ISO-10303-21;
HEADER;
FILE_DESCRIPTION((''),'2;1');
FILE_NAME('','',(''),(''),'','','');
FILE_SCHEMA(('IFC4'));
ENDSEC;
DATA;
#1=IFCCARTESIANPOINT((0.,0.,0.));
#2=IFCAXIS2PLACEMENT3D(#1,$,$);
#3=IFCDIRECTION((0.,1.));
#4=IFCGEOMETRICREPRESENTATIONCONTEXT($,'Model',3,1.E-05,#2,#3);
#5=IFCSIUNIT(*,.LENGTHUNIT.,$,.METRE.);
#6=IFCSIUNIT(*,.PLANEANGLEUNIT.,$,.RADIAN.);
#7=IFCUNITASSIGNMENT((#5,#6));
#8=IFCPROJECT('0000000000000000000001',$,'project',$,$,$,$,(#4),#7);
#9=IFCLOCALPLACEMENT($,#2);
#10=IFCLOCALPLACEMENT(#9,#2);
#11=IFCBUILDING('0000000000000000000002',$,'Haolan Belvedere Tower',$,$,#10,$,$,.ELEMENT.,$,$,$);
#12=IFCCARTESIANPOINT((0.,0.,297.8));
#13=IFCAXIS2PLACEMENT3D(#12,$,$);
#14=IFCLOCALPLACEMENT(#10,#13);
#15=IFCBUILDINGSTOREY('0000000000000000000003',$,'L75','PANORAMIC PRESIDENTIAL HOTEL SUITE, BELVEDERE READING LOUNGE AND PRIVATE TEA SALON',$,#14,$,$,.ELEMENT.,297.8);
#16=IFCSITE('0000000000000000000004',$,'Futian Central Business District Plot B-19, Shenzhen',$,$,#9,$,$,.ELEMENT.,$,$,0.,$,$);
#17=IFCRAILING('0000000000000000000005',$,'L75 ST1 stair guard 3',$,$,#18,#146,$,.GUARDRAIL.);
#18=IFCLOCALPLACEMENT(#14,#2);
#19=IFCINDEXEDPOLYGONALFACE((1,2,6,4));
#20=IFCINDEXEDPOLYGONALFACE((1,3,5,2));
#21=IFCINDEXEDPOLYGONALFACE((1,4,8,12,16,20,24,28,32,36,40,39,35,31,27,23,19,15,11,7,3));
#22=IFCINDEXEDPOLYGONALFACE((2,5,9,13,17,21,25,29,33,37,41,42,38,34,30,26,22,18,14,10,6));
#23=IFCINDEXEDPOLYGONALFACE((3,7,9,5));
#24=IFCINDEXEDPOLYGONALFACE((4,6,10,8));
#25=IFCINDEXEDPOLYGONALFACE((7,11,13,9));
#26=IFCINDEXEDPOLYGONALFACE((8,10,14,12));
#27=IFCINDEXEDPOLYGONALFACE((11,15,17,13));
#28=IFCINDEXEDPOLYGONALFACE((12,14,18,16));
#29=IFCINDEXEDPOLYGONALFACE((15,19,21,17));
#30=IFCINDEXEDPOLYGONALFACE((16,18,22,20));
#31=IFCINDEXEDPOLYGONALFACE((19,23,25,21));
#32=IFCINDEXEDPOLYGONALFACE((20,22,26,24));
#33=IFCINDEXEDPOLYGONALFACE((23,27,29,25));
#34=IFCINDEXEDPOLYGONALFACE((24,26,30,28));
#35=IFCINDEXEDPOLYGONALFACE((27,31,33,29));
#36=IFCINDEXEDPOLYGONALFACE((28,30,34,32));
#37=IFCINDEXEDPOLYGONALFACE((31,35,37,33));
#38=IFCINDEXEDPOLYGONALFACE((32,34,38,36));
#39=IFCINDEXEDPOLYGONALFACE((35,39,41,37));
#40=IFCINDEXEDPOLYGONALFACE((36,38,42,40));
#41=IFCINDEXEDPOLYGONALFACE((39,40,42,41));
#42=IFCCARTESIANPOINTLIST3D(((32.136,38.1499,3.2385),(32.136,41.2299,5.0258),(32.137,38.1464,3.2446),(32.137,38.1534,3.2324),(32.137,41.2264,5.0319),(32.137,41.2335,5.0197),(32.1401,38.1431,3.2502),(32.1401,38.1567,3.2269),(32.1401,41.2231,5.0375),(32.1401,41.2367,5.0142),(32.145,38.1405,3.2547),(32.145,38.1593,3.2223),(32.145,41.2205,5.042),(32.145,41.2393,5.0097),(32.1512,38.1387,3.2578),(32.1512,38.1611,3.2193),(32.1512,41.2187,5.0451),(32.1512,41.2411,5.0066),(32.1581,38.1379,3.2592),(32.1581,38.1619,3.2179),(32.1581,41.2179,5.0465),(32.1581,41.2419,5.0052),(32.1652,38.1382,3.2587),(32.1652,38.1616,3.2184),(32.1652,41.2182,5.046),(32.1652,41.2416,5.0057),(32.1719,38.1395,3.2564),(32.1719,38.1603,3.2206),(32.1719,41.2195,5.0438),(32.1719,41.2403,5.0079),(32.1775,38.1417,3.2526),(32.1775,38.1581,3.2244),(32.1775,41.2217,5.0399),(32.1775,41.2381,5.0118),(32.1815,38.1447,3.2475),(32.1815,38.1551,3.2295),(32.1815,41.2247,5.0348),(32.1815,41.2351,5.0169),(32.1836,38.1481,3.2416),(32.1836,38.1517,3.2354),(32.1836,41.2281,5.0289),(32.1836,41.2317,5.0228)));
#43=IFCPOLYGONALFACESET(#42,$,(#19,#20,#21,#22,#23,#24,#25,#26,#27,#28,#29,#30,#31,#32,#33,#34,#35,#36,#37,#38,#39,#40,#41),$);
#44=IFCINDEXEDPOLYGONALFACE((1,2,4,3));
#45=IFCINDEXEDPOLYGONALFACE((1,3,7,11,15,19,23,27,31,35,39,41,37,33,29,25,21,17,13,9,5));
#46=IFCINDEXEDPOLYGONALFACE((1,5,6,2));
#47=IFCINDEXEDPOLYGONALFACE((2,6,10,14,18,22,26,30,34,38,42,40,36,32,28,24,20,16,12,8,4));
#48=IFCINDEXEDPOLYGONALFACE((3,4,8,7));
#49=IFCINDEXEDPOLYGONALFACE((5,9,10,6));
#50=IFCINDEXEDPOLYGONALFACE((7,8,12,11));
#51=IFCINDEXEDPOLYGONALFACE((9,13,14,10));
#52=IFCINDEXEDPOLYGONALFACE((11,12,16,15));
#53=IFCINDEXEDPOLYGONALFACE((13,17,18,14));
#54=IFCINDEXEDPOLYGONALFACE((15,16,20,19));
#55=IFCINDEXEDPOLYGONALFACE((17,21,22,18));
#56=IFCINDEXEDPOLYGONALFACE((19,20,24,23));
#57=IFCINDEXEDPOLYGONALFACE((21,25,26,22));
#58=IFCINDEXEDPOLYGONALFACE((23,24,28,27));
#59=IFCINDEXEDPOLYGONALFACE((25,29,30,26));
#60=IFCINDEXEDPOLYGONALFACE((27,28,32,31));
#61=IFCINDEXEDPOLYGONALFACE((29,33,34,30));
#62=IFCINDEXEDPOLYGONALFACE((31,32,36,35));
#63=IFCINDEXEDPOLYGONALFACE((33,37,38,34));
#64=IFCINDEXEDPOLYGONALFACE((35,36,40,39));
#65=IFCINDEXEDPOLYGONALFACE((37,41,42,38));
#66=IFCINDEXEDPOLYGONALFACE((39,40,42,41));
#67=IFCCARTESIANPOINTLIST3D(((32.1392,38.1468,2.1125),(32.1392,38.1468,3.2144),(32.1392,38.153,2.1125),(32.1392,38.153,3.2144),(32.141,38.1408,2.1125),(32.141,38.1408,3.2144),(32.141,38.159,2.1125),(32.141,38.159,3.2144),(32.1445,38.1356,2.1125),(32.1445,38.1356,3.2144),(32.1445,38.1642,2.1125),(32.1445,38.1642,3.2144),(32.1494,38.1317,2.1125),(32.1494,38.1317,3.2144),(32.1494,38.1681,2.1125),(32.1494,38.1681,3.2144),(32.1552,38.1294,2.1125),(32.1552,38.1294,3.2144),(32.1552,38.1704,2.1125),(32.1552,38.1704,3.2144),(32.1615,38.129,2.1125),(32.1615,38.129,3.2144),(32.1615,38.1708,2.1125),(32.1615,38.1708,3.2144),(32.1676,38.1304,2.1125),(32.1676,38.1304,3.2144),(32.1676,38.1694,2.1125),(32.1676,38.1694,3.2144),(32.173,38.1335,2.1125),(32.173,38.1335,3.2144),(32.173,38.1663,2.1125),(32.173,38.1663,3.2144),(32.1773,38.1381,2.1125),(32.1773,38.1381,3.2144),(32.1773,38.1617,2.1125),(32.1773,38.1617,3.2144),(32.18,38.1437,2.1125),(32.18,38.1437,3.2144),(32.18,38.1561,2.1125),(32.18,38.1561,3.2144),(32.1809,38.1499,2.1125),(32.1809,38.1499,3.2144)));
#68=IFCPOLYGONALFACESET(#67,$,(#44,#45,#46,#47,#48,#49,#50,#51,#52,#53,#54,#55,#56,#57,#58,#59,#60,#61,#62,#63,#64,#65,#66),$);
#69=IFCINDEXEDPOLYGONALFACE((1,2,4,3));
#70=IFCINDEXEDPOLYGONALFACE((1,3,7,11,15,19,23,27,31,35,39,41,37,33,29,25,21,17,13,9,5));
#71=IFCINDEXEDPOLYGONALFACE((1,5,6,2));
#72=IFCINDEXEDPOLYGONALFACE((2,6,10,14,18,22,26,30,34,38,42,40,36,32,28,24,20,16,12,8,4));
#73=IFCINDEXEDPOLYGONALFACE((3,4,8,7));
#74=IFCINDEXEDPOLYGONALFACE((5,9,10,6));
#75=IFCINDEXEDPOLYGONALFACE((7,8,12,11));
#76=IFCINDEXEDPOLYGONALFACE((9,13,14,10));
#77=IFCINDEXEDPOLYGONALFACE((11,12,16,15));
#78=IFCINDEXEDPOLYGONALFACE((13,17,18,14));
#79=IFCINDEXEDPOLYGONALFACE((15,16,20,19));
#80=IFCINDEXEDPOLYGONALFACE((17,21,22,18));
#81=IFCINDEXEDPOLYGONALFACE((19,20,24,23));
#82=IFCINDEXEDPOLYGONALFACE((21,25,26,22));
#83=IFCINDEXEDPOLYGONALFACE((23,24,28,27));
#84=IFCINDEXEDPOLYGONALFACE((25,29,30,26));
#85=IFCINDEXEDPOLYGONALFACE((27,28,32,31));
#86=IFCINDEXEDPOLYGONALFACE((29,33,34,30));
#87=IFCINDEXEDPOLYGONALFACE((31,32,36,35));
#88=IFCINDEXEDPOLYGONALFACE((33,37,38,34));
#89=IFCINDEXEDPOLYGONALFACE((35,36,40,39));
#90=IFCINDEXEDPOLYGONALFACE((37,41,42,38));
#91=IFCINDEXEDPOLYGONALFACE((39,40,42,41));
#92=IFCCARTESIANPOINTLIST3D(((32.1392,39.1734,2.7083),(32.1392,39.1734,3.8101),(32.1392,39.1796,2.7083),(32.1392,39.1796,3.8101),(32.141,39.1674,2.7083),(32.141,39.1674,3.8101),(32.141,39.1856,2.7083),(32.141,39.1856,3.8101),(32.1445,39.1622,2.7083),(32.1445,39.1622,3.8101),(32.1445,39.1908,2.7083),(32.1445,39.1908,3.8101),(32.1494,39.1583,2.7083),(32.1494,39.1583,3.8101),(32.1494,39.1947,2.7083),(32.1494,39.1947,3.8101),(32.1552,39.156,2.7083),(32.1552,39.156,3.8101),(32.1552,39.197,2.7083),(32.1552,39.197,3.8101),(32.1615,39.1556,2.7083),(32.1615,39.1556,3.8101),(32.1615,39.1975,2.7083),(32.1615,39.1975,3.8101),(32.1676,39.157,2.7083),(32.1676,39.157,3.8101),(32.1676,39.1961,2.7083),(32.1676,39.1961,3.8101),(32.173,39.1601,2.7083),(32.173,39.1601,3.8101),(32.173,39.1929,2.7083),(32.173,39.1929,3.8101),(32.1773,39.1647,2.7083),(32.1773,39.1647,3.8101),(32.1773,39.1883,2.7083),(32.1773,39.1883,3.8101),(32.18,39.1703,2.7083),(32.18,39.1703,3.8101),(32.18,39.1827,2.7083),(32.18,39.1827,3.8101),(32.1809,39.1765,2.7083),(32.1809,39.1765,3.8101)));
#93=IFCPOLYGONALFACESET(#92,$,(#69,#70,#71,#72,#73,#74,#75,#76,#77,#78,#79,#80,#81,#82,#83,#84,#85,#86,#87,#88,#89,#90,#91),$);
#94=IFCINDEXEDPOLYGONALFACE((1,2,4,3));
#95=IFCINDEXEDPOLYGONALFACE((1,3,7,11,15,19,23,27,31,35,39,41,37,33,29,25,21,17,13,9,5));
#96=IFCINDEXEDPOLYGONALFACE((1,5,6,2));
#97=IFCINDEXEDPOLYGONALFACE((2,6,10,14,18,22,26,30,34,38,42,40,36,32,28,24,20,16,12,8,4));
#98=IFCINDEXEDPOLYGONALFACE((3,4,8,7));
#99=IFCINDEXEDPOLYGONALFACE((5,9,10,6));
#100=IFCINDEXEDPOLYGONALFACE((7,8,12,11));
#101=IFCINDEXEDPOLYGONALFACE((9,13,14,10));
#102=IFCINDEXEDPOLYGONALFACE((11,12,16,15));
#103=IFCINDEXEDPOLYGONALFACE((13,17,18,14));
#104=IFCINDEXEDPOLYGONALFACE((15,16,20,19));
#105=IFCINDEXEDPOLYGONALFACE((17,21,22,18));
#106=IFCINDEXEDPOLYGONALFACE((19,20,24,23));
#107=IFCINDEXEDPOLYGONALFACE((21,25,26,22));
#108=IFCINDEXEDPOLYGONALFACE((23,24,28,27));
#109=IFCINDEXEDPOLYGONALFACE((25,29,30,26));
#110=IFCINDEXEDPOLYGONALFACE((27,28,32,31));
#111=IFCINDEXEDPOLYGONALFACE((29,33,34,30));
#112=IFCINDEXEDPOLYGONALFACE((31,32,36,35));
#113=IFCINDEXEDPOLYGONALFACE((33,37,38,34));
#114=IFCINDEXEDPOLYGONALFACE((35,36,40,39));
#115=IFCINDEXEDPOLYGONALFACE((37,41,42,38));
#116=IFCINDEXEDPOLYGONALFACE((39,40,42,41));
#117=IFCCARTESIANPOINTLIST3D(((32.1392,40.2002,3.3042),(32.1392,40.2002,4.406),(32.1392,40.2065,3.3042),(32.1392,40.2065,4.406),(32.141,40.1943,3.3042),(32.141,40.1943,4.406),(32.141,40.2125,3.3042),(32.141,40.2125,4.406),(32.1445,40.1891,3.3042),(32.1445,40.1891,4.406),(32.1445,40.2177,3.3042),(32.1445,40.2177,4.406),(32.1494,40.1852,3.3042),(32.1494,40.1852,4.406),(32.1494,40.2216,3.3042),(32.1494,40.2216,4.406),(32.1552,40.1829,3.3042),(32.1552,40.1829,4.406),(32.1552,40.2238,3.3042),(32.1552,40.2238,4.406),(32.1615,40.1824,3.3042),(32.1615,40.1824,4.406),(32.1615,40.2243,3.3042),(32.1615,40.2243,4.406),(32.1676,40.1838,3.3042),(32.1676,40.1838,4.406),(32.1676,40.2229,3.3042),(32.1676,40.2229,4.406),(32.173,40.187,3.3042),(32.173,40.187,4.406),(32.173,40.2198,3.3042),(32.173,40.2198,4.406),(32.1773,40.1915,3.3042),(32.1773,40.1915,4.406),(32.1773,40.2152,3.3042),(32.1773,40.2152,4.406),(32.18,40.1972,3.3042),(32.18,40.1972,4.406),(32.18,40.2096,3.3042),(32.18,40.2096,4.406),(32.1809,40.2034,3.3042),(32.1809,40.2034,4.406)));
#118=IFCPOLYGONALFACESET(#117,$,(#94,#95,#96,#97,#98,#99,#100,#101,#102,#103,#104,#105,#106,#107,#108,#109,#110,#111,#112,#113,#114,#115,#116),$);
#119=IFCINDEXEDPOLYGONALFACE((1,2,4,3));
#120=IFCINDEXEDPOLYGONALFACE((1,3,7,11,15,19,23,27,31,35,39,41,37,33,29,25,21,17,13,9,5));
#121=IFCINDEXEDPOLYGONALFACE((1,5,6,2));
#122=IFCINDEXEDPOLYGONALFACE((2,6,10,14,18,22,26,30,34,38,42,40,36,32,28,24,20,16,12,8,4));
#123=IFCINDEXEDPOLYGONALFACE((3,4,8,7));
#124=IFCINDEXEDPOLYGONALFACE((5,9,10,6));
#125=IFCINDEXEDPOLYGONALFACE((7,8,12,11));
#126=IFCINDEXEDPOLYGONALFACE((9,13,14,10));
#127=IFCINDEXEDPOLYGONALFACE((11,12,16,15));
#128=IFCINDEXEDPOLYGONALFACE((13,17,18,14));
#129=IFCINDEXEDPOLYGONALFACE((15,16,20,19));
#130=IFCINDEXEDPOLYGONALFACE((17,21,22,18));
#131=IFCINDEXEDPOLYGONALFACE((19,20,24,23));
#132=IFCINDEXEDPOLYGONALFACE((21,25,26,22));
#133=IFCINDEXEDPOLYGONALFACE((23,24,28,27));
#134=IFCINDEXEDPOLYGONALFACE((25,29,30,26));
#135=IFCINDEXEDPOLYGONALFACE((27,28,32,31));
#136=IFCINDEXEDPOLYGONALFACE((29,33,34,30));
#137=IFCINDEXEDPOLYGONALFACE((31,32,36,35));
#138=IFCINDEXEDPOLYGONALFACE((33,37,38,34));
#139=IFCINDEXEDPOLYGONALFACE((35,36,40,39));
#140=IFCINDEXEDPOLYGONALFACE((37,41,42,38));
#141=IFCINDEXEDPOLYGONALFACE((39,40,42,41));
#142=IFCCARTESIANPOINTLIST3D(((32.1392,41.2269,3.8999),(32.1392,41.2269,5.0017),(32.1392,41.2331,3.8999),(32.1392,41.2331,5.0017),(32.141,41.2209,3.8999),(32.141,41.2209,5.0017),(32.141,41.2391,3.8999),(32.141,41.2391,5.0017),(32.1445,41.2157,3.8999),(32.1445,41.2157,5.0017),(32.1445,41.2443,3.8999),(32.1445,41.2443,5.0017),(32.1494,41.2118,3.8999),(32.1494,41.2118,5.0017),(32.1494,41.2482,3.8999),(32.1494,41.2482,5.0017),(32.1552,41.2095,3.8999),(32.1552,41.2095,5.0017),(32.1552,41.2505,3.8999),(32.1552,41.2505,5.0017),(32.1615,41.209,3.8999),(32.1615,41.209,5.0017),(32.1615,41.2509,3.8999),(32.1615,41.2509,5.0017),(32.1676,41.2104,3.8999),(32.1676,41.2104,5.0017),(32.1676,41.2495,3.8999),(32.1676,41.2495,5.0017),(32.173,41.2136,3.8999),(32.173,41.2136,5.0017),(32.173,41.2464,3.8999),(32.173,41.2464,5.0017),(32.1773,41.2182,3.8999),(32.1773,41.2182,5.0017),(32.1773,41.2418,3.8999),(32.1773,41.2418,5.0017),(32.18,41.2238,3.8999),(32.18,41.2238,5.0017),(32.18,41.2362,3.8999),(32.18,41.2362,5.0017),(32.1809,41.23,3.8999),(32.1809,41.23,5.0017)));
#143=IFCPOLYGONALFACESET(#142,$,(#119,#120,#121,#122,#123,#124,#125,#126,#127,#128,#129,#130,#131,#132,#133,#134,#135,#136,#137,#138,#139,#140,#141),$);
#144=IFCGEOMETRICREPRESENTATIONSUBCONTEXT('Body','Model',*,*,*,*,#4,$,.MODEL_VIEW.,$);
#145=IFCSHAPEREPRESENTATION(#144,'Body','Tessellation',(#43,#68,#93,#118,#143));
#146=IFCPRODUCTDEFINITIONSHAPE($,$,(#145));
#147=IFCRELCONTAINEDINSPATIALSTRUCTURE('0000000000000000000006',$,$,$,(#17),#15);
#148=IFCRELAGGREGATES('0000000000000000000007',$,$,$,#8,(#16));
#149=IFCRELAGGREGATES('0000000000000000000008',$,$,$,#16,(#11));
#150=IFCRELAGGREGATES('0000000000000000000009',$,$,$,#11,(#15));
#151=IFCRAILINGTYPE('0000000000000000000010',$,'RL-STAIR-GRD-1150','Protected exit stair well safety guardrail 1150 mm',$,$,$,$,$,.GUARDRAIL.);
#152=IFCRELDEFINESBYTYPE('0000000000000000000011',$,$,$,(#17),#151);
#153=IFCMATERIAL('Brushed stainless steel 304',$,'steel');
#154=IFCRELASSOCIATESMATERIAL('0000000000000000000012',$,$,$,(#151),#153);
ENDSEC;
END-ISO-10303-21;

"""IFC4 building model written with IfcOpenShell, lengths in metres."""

from ifc_helpers import new_model, si_unit, direction, frame, origin, origin_2d, place, context, subcontext, project, spatial, circle, extrude, material, type_object, element, save


model = new_model("IFC4")

# Units and contexts
model_context = context("Model", 3, precision=1e-05, world=origin(), true_north=direction((0.0, 1.0)))
body_context = subcontext(model_context, "Body", "Model", "MODEL_VIEW")
ifc_project = project(units=[si_unit("LENGTHUNIT", "METRE"), si_unit("PLANEANGLEUNIT", "RADIAN")], contexts=[model_context])

# Site, building, storey
site_placement = place(None, origin())
site = spatial("IfcSite", under=ifc_project, at=site_placement, Name="Futian Central Business District Plot B-19, Shenzhen", CompositionType="ELEMENT", RefElevation=0.0)
building_placement = place(site_placement, origin())
building = spatial("IfcBuilding", under=site, at=building_placement, Name="Haolan Belvedere Tower", CompositionType="ELEMENT")
storey_placement = place(building_placement, frame((0.0, 0.0, 297.8)))
storey = spatial("IfcBuildingStorey", under=building, at=storey_placement, Name="L75", Description="PANORAMIC PRESIDENTIAL HOTEL SUITE, BELVEDERE READING LOUNGE AND PRIVATE TEA SALON", CompositionType="ELEMENT", Elevation=297.8)

# Railing
ifc_material_1 = material(Name="Brushed stainless steel 304", Category="steel")
railing_type_1 = type_object("IfcRailingType", Name="RL-STAIR-GRD-1150", Description="Protected exit stair well safety guardrail 1150 mm", PredefinedType="GUARDRAIL", material=ifc_material_1)
railing_1_placement = place(storey_placement, frame((32.1599, 38.1499, 2.1125)))
element("IfcRailing", 1, at=railing_1_placement, inside=storey, type_object=railing_type_1, Name="L75 ST1 stair guard 3", PredefinedType="GUARDRAIL", context=body_context, shape_type="SweptSolid", body=[
    extrude(circle(Radius=0.0239, at=origin_2d()), frame((0.0, 0.0, 1.126), z_axis=(0.0, 0.86492, 0.501909), x_axis=(-1.0, 0.0, 0.0)), (0.0, 0.0, 1.0), 3.561),
    extrude(circle(Radius=0.021, at=origin_2d()), origin(), (0.0, 0.0, 1.0), 1.1018),
    extrude(circle(Radius=0.021, at=origin_2d()), frame((0.0, 1.0266, 0.5957)), (0.0, 0.0, 1.0), 1.1018),
    extrude(circle(Radius=0.021, at=origin_2d()), frame((0.0, 2.0535, 1.1917)), (0.0, 0.0, 1.0), 1.1018),
    extrude(circle(Radius=0.021, at=origin_2d()), frame((0.0, 3.0801, 1.7874)), (0.0, 0.0, 1.0), 1.1018),
])

save(model, "model.ifc")
